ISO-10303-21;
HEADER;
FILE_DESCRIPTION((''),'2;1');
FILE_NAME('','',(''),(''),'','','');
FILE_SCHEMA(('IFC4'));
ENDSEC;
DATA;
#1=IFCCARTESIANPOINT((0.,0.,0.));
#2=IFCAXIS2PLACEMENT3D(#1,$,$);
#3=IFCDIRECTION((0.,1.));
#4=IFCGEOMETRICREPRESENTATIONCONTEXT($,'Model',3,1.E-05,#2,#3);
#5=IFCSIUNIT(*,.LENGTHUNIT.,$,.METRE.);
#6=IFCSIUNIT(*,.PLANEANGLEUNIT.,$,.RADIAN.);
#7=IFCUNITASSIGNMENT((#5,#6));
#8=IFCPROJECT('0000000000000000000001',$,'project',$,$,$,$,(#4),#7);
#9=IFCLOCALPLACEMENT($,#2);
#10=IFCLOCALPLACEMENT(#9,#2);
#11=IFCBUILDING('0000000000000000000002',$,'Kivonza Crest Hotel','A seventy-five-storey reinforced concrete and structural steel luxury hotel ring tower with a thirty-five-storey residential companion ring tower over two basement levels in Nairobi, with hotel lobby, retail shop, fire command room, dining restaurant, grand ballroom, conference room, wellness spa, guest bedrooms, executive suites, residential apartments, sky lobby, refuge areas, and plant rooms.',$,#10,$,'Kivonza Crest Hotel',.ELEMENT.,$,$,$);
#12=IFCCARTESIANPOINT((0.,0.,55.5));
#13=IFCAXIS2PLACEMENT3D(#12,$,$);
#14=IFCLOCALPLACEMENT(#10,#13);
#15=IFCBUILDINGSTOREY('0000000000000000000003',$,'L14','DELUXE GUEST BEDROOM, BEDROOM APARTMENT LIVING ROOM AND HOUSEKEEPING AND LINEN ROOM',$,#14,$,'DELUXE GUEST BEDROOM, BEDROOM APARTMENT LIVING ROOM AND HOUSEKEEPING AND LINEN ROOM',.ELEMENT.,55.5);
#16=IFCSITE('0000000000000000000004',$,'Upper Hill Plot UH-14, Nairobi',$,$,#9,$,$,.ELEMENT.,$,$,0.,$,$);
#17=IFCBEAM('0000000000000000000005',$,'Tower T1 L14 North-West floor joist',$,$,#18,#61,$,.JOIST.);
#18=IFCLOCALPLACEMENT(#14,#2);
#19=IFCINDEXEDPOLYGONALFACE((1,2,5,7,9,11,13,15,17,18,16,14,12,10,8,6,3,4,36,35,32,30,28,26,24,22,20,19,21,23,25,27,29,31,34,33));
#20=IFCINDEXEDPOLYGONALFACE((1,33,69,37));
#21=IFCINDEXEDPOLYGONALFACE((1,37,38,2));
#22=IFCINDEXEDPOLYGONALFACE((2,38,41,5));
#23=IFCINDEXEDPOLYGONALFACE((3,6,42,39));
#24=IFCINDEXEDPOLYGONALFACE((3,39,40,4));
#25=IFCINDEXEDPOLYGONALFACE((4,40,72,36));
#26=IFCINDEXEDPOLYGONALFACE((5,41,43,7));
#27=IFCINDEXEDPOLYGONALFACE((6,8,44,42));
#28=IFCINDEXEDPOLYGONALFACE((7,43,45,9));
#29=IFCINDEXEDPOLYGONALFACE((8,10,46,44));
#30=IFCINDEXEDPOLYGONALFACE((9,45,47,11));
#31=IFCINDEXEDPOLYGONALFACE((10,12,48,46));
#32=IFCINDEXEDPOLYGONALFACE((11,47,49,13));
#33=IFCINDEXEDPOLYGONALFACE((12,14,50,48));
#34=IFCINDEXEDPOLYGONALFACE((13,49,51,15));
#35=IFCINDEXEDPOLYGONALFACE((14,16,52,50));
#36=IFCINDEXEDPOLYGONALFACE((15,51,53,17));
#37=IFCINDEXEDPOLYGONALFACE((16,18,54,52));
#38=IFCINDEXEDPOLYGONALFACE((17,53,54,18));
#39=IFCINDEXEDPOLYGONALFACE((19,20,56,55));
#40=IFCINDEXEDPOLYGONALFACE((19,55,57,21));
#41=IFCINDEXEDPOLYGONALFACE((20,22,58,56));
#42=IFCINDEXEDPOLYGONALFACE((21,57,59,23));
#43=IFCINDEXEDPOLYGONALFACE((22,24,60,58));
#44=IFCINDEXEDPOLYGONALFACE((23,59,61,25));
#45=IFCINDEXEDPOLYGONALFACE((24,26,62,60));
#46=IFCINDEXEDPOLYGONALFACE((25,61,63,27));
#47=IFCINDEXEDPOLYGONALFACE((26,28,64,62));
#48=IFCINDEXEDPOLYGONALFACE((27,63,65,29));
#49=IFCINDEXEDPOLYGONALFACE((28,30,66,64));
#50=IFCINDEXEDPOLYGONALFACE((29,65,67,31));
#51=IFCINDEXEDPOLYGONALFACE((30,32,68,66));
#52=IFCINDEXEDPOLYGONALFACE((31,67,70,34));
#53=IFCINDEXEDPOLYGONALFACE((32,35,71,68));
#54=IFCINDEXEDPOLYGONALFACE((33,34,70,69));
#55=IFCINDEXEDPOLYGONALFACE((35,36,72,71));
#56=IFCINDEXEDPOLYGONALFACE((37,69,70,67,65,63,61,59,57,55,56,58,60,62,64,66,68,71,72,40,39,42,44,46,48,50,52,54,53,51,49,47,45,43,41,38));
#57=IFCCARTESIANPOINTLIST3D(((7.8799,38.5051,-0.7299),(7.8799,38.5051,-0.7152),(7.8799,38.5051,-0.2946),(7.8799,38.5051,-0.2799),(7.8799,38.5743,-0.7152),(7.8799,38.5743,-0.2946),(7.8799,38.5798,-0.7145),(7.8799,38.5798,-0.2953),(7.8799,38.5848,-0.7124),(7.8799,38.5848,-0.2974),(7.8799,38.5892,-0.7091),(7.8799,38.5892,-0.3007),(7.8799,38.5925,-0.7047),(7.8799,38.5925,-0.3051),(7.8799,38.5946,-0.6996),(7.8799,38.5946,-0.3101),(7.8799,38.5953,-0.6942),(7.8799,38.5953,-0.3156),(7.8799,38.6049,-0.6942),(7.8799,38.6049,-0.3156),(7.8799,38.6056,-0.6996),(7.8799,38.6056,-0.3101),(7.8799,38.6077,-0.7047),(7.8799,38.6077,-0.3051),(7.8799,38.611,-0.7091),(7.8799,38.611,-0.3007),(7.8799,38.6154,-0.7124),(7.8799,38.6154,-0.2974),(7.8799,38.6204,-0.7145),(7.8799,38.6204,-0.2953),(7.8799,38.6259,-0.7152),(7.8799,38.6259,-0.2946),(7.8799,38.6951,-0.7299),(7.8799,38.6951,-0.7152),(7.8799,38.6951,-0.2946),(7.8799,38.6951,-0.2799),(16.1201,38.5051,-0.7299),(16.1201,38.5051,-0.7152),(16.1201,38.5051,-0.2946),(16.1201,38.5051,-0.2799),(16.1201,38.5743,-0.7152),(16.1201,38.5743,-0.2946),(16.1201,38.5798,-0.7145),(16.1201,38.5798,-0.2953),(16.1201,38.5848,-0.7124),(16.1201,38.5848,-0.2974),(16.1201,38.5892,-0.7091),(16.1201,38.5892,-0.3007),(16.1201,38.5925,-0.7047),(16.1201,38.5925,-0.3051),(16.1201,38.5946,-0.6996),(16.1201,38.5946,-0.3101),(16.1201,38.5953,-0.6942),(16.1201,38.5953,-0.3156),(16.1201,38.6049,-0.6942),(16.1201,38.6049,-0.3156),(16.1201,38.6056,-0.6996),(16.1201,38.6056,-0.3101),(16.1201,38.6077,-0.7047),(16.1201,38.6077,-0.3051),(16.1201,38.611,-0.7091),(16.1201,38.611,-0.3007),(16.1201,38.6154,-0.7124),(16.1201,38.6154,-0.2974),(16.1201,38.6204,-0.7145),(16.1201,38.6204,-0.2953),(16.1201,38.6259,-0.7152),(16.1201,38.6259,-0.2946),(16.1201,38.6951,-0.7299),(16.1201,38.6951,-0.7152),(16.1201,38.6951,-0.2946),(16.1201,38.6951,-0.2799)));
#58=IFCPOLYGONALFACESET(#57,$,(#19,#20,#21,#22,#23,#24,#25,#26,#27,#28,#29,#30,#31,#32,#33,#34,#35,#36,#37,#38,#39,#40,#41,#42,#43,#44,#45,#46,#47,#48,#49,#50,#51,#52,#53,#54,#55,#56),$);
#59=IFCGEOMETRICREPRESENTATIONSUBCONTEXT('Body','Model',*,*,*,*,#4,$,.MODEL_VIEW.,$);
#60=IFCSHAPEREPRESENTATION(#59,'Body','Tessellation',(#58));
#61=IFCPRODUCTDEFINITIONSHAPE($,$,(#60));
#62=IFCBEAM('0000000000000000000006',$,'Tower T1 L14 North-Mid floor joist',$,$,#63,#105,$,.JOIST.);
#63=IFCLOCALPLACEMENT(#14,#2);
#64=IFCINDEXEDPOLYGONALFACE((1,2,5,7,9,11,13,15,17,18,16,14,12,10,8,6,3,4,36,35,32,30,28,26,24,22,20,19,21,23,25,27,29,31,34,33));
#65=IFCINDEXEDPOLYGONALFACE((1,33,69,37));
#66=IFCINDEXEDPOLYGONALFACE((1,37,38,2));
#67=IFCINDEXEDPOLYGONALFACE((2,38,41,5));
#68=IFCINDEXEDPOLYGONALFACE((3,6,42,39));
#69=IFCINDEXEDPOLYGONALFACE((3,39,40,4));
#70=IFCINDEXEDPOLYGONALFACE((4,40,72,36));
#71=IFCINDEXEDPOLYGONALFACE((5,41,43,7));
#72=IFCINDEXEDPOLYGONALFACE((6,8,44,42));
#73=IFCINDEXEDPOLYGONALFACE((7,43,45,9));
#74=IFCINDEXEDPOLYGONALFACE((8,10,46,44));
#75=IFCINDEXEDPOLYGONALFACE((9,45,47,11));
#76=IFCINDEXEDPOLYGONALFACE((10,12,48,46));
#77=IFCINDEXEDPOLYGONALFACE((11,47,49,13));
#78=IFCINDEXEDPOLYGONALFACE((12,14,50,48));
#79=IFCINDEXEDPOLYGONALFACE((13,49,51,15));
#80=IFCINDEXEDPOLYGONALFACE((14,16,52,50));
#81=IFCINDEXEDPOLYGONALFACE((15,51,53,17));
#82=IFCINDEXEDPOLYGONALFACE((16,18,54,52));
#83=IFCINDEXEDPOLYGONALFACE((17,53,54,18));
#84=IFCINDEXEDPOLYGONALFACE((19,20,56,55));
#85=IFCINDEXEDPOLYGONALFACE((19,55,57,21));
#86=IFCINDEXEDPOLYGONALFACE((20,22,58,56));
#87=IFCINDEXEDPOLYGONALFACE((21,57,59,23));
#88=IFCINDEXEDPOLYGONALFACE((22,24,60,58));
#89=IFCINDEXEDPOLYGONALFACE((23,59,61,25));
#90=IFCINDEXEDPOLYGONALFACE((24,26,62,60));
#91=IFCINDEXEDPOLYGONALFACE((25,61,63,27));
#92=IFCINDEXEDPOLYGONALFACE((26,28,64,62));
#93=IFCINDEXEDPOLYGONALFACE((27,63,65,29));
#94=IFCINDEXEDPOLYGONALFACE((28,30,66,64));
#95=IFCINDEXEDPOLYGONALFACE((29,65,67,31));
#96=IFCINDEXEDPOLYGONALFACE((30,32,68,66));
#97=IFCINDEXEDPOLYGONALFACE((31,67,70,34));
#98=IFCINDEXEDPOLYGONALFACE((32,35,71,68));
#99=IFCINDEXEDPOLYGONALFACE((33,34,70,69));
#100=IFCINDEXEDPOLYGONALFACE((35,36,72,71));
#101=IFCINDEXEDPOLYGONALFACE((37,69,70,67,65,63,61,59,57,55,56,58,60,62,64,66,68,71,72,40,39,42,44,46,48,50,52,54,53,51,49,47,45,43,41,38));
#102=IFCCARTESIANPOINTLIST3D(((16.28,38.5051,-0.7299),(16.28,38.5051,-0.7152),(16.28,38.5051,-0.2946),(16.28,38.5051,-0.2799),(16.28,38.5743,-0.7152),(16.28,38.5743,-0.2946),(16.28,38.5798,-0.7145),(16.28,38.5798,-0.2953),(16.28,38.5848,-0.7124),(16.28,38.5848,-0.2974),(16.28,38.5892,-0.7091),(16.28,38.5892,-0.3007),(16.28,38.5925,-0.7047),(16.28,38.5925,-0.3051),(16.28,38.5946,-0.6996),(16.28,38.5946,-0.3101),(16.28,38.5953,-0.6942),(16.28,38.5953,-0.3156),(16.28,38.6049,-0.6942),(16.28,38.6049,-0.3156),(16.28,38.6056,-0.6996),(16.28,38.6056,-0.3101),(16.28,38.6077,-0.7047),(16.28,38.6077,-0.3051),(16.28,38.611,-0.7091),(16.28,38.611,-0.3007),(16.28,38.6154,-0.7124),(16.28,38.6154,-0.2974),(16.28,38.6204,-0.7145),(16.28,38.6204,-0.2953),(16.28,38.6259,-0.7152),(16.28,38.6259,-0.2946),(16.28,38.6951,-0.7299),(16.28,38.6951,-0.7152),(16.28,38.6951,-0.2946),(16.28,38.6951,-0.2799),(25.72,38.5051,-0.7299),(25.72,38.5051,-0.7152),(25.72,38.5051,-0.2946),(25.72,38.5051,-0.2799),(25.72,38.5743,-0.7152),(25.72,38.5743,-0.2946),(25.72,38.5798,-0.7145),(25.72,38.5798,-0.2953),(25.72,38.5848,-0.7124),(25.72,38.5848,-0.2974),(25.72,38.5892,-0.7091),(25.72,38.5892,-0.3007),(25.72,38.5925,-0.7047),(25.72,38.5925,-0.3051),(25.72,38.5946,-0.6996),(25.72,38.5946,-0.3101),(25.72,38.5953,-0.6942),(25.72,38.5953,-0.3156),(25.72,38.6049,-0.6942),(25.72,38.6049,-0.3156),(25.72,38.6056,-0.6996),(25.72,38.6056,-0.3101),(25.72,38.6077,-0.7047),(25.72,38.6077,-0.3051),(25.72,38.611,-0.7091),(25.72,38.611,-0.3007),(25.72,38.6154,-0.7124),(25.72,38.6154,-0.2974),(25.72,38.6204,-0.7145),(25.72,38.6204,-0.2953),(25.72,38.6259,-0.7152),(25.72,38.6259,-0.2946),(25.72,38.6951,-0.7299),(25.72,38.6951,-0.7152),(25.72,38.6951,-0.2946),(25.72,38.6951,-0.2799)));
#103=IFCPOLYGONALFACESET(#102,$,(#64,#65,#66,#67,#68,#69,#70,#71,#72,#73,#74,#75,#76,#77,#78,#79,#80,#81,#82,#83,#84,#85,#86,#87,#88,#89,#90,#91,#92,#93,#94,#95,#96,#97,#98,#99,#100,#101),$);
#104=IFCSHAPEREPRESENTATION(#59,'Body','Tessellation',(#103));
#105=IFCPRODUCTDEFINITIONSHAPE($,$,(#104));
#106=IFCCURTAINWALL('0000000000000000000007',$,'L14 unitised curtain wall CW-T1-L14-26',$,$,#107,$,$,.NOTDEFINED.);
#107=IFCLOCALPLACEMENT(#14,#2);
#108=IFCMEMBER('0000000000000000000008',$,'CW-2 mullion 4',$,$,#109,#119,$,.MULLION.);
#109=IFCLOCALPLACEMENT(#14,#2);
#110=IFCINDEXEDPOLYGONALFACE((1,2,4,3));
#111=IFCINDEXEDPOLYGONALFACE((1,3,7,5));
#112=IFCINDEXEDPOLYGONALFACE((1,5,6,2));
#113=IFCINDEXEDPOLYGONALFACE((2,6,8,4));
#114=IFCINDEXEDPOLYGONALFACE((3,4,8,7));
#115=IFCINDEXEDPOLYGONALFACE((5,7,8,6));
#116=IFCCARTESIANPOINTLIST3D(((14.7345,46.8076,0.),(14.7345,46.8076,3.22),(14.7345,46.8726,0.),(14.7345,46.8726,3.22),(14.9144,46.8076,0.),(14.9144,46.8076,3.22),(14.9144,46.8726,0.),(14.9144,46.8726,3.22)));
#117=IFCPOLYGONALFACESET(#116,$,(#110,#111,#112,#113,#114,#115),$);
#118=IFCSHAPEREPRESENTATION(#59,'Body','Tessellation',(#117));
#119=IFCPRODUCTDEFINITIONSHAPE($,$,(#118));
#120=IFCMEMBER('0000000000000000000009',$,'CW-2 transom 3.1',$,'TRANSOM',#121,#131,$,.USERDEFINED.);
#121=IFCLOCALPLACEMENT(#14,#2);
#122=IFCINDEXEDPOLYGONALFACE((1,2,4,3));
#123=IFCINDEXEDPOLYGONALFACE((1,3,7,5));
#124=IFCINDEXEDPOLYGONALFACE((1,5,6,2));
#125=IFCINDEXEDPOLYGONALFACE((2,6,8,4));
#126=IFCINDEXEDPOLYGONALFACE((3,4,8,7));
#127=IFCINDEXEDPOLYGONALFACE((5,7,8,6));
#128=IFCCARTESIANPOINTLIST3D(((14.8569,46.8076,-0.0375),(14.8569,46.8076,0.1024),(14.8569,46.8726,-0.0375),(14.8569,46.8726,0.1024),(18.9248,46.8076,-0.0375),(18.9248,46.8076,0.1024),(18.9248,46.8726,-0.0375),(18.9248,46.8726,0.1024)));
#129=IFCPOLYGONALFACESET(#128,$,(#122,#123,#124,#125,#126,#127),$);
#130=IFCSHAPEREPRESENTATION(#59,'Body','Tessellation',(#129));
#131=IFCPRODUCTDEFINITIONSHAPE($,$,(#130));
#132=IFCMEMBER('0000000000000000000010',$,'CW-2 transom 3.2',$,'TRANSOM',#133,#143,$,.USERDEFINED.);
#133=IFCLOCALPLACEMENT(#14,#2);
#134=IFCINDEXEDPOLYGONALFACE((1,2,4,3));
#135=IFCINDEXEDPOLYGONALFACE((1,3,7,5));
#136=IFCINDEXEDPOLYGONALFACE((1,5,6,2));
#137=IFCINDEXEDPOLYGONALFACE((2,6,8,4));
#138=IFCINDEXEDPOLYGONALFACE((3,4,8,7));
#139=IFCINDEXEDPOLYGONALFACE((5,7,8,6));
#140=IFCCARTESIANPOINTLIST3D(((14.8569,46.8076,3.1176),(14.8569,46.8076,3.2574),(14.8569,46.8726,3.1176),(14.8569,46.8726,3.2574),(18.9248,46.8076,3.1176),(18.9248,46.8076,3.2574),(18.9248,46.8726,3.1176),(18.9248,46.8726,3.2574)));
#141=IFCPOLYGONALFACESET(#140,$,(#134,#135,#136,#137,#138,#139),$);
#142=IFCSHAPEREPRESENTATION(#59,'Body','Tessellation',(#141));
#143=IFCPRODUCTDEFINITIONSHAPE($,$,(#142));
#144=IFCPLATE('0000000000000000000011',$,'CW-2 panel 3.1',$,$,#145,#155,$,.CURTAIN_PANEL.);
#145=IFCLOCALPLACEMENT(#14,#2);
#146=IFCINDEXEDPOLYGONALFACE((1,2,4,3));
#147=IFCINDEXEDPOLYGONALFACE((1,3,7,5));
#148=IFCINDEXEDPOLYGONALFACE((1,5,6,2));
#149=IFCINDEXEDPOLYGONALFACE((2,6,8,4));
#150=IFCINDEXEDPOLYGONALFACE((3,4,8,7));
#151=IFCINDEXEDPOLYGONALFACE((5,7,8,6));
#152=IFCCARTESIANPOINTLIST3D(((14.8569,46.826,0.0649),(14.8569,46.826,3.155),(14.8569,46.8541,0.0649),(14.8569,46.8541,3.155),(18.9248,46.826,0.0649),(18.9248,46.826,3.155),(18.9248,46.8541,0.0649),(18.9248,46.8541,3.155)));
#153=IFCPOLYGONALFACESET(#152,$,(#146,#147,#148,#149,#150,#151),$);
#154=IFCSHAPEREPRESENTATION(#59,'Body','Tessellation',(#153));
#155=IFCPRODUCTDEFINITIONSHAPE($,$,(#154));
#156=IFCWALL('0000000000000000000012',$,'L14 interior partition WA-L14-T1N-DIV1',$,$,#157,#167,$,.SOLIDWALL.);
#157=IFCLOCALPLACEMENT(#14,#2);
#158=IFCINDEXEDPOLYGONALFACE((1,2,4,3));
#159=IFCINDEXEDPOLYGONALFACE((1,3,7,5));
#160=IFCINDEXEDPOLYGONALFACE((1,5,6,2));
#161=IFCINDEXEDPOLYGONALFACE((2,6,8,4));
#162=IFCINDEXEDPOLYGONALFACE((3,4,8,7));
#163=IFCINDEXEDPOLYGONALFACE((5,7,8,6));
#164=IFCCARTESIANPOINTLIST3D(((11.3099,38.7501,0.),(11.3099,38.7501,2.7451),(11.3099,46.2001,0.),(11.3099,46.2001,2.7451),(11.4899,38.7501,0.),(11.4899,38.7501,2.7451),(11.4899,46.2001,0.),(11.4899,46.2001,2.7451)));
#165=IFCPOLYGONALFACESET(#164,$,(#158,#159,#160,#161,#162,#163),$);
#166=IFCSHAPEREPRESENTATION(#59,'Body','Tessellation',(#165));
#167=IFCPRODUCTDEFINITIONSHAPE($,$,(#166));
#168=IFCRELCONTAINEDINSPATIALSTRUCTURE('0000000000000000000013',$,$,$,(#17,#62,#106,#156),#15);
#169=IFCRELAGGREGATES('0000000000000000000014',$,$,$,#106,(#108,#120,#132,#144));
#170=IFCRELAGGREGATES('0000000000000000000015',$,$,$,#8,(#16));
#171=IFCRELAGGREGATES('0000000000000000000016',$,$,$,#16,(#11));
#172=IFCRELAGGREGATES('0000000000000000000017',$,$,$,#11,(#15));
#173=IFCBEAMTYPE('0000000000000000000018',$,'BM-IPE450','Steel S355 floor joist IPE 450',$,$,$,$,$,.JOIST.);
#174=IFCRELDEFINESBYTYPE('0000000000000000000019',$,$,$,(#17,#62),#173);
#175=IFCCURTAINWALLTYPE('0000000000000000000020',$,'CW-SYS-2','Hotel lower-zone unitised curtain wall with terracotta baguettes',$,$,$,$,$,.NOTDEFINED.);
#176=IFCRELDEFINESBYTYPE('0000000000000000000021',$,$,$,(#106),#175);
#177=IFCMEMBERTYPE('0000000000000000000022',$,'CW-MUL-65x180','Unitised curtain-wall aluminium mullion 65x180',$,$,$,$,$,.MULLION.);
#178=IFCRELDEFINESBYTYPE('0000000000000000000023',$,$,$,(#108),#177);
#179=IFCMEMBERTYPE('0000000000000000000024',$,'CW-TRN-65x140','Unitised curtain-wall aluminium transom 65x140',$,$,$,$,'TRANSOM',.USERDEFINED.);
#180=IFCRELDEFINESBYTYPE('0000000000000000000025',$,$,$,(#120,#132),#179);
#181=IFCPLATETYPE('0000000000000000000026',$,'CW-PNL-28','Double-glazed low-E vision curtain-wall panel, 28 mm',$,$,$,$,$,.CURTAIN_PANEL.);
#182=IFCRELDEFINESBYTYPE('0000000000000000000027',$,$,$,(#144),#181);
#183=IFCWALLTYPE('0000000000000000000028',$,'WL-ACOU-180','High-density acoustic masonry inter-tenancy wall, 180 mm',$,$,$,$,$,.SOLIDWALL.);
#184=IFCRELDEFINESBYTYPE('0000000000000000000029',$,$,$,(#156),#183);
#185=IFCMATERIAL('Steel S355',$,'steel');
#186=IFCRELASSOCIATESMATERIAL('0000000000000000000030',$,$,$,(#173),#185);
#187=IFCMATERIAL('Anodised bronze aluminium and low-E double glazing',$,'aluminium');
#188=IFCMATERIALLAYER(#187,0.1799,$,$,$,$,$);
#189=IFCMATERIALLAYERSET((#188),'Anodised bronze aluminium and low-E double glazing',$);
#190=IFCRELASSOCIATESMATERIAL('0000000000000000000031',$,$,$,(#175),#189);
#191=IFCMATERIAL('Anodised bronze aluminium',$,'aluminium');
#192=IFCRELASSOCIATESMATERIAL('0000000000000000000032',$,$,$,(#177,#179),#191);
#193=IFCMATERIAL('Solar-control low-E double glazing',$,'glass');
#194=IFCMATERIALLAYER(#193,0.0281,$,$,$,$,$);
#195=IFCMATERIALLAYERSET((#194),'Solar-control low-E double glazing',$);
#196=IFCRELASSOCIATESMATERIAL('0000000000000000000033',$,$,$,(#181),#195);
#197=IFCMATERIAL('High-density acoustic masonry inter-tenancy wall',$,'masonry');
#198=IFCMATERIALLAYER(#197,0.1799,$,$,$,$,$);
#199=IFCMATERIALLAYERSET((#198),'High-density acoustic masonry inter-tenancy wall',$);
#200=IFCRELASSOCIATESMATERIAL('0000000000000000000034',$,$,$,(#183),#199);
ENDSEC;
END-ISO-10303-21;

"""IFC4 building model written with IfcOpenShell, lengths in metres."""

from ifc_helpers import new_model, si_unit, direction, frame, frame_2d, origin, origin_2d, place, context, subcontext, project, spatial, rectangle, i_section, extrude, material, layer, layer_set, material_profile, profile_set, type_object, element, aggregate, save


model = new_model("IFC4")

# Units and contexts
model_context = context("Model", 3, precision=1e-05, world=origin(), true_north=direction((0.0, 1.0)))
body_context = subcontext(model_context, "Body", "Model", "MODEL_VIEW")
ifc_project = project(units=[si_unit("LENGTHUNIT", "METRE"), si_unit("PLANEANGLEUNIT", "RADIAN")], contexts=[model_context])

# Site, building, storey
site_placement = place(None, origin())
site = spatial("IfcSite", under=ifc_project, at=site_placement, Name="Upper Hill Plot UH-14, Nairobi", CompositionType="ELEMENT", RefElevation=0.0)
building_placement = place(site_placement, origin())
building = spatial("IfcBuilding", under=site, at=building_placement, Name="Kivonza Crest Hotel", Description="A seventy-five-storey reinforced concrete and structural steel luxury hotel ring tower with a thirty-five-storey residential companion ring tower over two basement levels in Nairobi, with hotel lobby, retail shop, fire command room, dining restaurant, grand ballroom, conference room, wellness spa, guest bedrooms, executive suites, residential apartments, sky lobby, refuge areas, and plant rooms.", LongName="Kivonza Crest Hotel", CompositionType="ELEMENT")
storey_placement = place(building_placement, frame((0.0, 0.0, 55.5)))
storey = spatial("IfcBuildingStorey", under=building, at=storey_placement, Name="L14", Description="DELUXE GUEST BEDROOM, BEDROOM APARTMENT LIVING ROOM AND HOUSEKEEPING AND LINEN ROOM", LongName="DELUXE GUEST BEDROOM, BEDROOM APARTMENT LIVING ROOM AND HOUSEKEEPING AND LINEN ROOM", CompositionType="ELEMENT", Elevation=55.5)

# Beams
ifc_material_1 = material(Name="Steel S355", Category="steel")
ifc_material_profile_1 = material_profile(ifc_material_1, i_section(OverallWidth=0.1899, OverallDepth=0.45, WebThickness=0.0095, FlangeThickness=0.0146, FilletRadius=0.021, at=origin_2d()), Name="IPE 450")
ifc_profile_set_1 = profile_set([ifc_material_profile_1], Name="Steel S355")
beam_type_1 = type_object("IfcBeamType", Name="BM-IPE450", Description="Steel S355 floor joist IPE 450", PredefinedType="JOIST", material=ifc_profile_set_1)
beam_1_placement = place(storey_placement, frame((7.8799, 38.6001, -0.5049), z_axis=(1.0, 0.0, 0.0), x_axis=(0.0, 1.0, 0.0)))
element("IfcBeam", 1, at=beam_1_placement, inside=storey, type_object=beam_type_1, Name="Tower T1 L14 North-West floor joist", PredefinedType="JOIST", context=body_context, shape_type="SweptSolid", body=[
    extrude(i_section(OverallWidth=0.1899, OverallDepth=0.45, WebThickness=0.0095, FlangeThickness=0.0146, FilletRadius=0.021, at=origin_2d()), origin(), (0.0, 0.0, 1.0), 8.2402),
])
beam_2_placement = place(storey_placement, frame((16.28, 38.6001, -0.5049), z_axis=(1.0, 0.0, 0.0), x_axis=(0.0, 1.0, 0.0)))
element("IfcBeam", 2, at=beam_2_placement, inside=storey, type_object=beam_type_1, Name="Tower T1 L14 North-Mid floor joist", PredefinedType="JOIST", context=body_context, shape_type="SweptSolid", body=[
    extrude(i_section(OverallWidth=0.1899, OverallDepth=0.45, WebThickness=0.0095, FlangeThickness=0.0146, FilletRadius=0.021, at=origin_2d()), origin(), (0.0, 0.0, 1.0), 9.4399),
])

# Curtain wall, members, plate
ifc_material_2 = material(Name="Anodised bronze aluminium and low-E double glazing", Category="aluminium")
ifc_layer_1 = layer(ifc_material_2, 0.1799)
ifc_layer_set_1 = layer_set([ifc_layer_1], Name="Anodised bronze aluminium and low-E double glazing")
curtain_wall_type = type_object("IfcCurtainWallType", Name="CW-SYS-2", Description="Hotel lower-zone unitised curtain wall with terracotta baguettes", PredefinedType="NOTDEFINED", material=ifc_layer_set_1)
curtain_wall_placement = place(storey_placement, origin())
curtain_wall = element("IfcCurtainWall", 3, at=curtain_wall_placement, inside=storey, type_object=curtain_wall_type, Name="L14 unitised curtain wall CW-T1-L14-26", PredefinedType="NOTDEFINED")
ifc_material_3 = material(Name="Anodised bronze aluminium", Category="aluminium")
ifc_material_profile_2 = material_profile(ifc_material_3, rectangle(XDim=0.0649, YDim=0.1799, at=origin_2d()), Name="CW-M 65x180")
ifc_profile_set_2 = profile_set([ifc_material_profile_2], Name="Anodised bronze aluminium")
member_type_1 = type_object("IfcMemberType", Name="CW-MUL-65x180", Description="Unitised curtain-wall aluminium mullion 65x180", PredefinedType="MULLION", material=ifc_profile_set_2)
member_1_placement = place(storey_placement, frame((14.8245, 46.8401, 0.0), z_axis=(0.0, 0.0, 1.0), x_axis=(0.0, -1.0, 0.0)))
member_1 = element("IfcMember", 4, at=member_1_placement, type_object=member_type_1, Name="CW-2 mullion 4", PredefinedType="MULLION", context=body_context, shape_type="SweptSolid", body=[
    extrude(rectangle(XDim=0.0649, YDim=0.1799, at=origin_2d()), origin(), (0.0, 0.0, 1.0), 3.22),
])
ifc_material_profile_3 = material_profile(ifc_material_3, rectangle(XDim=0.0649, YDim=0.1399, at=origin_2d()), Name="CW-T 65x140")
ifc_profile_set_3 = profile_set([ifc_material_profile_3], Name="Anodised bronze aluminium")
member_type_2 = type_object("IfcMemberType", Name="CW-TRN-65x140", Description="Unitised curtain-wall aluminium transom 65x140", ElementType="TRANSOM", PredefinedType="USERDEFINED", material=ifc_profile_set_3)
member_2_placement = place(storey_placement, frame((18.9248, 46.8401, 0.0325), z_axis=(-1.0, 0.0, 0.0), x_axis=(0.0, -1.0, 0.0)))
member_2 = element("IfcMember", 5, at=member_2_placement, type_object=member_type_2, Name="CW-2 transom 3.1", ObjectType="TRANSOM", PredefinedType="USERDEFINED", context=body_context, shape_type="SweptSolid", body=[
    extrude(rectangle(XDim=0.0649, YDim=0.1399, at=origin_2d()), origin(), (0.0, 0.0, 1.0), 4.0679),
])
member_3_placement = place(storey_placement, frame((18.9248, 46.8401, 3.1875), z_axis=(-1.0, 0.0, 0.0), x_axis=(0.0, -1.0, 0.0)))
member_3 = element("IfcMember", 6, at=member_3_placement, type_object=member_type_2, Name="CW-2 transom 3.2", ObjectType="TRANSOM", PredefinedType="USERDEFINED", context=body_context, shape_type="SweptSolid", body=[
    extrude(rectangle(XDim=0.0649, YDim=0.1399, at=origin_2d()), origin(), (0.0, 0.0, 1.0), 4.0679),
])
ifc_material_4 = material(Name="Solar-control low-E double glazing", Category="glass")
ifc_layer_2 = layer(ifc_material_4, 0.0281)
ifc_layer_set_2 = layer_set([ifc_layer_2], Name="Solar-control low-E double glazing")
plate_type = type_object("IfcPlateType", Name="CW-PNL-28", Description="Double-glazed low-E vision curtain-wall panel, 28 mm", PredefinedType="CURTAIN_PANEL", material=ifc_layer_set_2)
plate_placement = place(storey_placement, frame((16.8909, 46.8401, 0.0649), z_axis=(0.0, 0.0, 1.0), x_axis=(-1.0, 0.0, 0.0)))
plate = element("IfcPlate", 7, at=plate_placement, type_object=plate_type, Name="CW-2 panel 3.1", PredefinedType="CURTAIN_PANEL", context=body_context, shape_type="SweptSolid", body=[
    extrude(rectangle(XDim=4.0679, YDim=0.0281, at=origin_2d()), origin(), (0.0, 0.0, 1.0), 3.0901),
])
aggregate(curtain_wall, [member_1, member_2, member_3, plate])

# Wall
ifc_material_5 = material(Name="High-density acoustic masonry inter-tenancy wall", Category="masonry")
ifc_layer_3 = layer(ifc_material_5, 0.1799)
ifc_layer_set_3 = layer_set([ifc_layer_3], Name="High-density acoustic masonry inter-tenancy wall")
wall_type_1 = type_object("IfcWallType", Name="WL-ACOU-180", Description="High-density acoustic masonry inter-tenancy wall, 180 mm", PredefinedType="SOLIDWALL", material=ifc_layer_set_3)
wall_1_placement = place(storey_placement, frame((11.3999, 38.75, 0.0), z_axis=(0.0, 0.0, 1.0), x_axis=(0.0, 1.0, 0.0)))
element("IfcWall", 8, at=wall_1_placement, inside=storey, type_object=wall_type_1, Name="L14 interior partition WA-L14-T1N-DIV1", PredefinedType="SOLIDWALL", context=body_context, shape_type="SweptSolid", body=[
    extrude(rectangle(XDim=7.45, YDim=0.1799, at=frame_2d((3.7251, 0.0))), origin(), (0.0, 0.0, 1.0), 2.7451),
])

save(model, "model.ifc")
